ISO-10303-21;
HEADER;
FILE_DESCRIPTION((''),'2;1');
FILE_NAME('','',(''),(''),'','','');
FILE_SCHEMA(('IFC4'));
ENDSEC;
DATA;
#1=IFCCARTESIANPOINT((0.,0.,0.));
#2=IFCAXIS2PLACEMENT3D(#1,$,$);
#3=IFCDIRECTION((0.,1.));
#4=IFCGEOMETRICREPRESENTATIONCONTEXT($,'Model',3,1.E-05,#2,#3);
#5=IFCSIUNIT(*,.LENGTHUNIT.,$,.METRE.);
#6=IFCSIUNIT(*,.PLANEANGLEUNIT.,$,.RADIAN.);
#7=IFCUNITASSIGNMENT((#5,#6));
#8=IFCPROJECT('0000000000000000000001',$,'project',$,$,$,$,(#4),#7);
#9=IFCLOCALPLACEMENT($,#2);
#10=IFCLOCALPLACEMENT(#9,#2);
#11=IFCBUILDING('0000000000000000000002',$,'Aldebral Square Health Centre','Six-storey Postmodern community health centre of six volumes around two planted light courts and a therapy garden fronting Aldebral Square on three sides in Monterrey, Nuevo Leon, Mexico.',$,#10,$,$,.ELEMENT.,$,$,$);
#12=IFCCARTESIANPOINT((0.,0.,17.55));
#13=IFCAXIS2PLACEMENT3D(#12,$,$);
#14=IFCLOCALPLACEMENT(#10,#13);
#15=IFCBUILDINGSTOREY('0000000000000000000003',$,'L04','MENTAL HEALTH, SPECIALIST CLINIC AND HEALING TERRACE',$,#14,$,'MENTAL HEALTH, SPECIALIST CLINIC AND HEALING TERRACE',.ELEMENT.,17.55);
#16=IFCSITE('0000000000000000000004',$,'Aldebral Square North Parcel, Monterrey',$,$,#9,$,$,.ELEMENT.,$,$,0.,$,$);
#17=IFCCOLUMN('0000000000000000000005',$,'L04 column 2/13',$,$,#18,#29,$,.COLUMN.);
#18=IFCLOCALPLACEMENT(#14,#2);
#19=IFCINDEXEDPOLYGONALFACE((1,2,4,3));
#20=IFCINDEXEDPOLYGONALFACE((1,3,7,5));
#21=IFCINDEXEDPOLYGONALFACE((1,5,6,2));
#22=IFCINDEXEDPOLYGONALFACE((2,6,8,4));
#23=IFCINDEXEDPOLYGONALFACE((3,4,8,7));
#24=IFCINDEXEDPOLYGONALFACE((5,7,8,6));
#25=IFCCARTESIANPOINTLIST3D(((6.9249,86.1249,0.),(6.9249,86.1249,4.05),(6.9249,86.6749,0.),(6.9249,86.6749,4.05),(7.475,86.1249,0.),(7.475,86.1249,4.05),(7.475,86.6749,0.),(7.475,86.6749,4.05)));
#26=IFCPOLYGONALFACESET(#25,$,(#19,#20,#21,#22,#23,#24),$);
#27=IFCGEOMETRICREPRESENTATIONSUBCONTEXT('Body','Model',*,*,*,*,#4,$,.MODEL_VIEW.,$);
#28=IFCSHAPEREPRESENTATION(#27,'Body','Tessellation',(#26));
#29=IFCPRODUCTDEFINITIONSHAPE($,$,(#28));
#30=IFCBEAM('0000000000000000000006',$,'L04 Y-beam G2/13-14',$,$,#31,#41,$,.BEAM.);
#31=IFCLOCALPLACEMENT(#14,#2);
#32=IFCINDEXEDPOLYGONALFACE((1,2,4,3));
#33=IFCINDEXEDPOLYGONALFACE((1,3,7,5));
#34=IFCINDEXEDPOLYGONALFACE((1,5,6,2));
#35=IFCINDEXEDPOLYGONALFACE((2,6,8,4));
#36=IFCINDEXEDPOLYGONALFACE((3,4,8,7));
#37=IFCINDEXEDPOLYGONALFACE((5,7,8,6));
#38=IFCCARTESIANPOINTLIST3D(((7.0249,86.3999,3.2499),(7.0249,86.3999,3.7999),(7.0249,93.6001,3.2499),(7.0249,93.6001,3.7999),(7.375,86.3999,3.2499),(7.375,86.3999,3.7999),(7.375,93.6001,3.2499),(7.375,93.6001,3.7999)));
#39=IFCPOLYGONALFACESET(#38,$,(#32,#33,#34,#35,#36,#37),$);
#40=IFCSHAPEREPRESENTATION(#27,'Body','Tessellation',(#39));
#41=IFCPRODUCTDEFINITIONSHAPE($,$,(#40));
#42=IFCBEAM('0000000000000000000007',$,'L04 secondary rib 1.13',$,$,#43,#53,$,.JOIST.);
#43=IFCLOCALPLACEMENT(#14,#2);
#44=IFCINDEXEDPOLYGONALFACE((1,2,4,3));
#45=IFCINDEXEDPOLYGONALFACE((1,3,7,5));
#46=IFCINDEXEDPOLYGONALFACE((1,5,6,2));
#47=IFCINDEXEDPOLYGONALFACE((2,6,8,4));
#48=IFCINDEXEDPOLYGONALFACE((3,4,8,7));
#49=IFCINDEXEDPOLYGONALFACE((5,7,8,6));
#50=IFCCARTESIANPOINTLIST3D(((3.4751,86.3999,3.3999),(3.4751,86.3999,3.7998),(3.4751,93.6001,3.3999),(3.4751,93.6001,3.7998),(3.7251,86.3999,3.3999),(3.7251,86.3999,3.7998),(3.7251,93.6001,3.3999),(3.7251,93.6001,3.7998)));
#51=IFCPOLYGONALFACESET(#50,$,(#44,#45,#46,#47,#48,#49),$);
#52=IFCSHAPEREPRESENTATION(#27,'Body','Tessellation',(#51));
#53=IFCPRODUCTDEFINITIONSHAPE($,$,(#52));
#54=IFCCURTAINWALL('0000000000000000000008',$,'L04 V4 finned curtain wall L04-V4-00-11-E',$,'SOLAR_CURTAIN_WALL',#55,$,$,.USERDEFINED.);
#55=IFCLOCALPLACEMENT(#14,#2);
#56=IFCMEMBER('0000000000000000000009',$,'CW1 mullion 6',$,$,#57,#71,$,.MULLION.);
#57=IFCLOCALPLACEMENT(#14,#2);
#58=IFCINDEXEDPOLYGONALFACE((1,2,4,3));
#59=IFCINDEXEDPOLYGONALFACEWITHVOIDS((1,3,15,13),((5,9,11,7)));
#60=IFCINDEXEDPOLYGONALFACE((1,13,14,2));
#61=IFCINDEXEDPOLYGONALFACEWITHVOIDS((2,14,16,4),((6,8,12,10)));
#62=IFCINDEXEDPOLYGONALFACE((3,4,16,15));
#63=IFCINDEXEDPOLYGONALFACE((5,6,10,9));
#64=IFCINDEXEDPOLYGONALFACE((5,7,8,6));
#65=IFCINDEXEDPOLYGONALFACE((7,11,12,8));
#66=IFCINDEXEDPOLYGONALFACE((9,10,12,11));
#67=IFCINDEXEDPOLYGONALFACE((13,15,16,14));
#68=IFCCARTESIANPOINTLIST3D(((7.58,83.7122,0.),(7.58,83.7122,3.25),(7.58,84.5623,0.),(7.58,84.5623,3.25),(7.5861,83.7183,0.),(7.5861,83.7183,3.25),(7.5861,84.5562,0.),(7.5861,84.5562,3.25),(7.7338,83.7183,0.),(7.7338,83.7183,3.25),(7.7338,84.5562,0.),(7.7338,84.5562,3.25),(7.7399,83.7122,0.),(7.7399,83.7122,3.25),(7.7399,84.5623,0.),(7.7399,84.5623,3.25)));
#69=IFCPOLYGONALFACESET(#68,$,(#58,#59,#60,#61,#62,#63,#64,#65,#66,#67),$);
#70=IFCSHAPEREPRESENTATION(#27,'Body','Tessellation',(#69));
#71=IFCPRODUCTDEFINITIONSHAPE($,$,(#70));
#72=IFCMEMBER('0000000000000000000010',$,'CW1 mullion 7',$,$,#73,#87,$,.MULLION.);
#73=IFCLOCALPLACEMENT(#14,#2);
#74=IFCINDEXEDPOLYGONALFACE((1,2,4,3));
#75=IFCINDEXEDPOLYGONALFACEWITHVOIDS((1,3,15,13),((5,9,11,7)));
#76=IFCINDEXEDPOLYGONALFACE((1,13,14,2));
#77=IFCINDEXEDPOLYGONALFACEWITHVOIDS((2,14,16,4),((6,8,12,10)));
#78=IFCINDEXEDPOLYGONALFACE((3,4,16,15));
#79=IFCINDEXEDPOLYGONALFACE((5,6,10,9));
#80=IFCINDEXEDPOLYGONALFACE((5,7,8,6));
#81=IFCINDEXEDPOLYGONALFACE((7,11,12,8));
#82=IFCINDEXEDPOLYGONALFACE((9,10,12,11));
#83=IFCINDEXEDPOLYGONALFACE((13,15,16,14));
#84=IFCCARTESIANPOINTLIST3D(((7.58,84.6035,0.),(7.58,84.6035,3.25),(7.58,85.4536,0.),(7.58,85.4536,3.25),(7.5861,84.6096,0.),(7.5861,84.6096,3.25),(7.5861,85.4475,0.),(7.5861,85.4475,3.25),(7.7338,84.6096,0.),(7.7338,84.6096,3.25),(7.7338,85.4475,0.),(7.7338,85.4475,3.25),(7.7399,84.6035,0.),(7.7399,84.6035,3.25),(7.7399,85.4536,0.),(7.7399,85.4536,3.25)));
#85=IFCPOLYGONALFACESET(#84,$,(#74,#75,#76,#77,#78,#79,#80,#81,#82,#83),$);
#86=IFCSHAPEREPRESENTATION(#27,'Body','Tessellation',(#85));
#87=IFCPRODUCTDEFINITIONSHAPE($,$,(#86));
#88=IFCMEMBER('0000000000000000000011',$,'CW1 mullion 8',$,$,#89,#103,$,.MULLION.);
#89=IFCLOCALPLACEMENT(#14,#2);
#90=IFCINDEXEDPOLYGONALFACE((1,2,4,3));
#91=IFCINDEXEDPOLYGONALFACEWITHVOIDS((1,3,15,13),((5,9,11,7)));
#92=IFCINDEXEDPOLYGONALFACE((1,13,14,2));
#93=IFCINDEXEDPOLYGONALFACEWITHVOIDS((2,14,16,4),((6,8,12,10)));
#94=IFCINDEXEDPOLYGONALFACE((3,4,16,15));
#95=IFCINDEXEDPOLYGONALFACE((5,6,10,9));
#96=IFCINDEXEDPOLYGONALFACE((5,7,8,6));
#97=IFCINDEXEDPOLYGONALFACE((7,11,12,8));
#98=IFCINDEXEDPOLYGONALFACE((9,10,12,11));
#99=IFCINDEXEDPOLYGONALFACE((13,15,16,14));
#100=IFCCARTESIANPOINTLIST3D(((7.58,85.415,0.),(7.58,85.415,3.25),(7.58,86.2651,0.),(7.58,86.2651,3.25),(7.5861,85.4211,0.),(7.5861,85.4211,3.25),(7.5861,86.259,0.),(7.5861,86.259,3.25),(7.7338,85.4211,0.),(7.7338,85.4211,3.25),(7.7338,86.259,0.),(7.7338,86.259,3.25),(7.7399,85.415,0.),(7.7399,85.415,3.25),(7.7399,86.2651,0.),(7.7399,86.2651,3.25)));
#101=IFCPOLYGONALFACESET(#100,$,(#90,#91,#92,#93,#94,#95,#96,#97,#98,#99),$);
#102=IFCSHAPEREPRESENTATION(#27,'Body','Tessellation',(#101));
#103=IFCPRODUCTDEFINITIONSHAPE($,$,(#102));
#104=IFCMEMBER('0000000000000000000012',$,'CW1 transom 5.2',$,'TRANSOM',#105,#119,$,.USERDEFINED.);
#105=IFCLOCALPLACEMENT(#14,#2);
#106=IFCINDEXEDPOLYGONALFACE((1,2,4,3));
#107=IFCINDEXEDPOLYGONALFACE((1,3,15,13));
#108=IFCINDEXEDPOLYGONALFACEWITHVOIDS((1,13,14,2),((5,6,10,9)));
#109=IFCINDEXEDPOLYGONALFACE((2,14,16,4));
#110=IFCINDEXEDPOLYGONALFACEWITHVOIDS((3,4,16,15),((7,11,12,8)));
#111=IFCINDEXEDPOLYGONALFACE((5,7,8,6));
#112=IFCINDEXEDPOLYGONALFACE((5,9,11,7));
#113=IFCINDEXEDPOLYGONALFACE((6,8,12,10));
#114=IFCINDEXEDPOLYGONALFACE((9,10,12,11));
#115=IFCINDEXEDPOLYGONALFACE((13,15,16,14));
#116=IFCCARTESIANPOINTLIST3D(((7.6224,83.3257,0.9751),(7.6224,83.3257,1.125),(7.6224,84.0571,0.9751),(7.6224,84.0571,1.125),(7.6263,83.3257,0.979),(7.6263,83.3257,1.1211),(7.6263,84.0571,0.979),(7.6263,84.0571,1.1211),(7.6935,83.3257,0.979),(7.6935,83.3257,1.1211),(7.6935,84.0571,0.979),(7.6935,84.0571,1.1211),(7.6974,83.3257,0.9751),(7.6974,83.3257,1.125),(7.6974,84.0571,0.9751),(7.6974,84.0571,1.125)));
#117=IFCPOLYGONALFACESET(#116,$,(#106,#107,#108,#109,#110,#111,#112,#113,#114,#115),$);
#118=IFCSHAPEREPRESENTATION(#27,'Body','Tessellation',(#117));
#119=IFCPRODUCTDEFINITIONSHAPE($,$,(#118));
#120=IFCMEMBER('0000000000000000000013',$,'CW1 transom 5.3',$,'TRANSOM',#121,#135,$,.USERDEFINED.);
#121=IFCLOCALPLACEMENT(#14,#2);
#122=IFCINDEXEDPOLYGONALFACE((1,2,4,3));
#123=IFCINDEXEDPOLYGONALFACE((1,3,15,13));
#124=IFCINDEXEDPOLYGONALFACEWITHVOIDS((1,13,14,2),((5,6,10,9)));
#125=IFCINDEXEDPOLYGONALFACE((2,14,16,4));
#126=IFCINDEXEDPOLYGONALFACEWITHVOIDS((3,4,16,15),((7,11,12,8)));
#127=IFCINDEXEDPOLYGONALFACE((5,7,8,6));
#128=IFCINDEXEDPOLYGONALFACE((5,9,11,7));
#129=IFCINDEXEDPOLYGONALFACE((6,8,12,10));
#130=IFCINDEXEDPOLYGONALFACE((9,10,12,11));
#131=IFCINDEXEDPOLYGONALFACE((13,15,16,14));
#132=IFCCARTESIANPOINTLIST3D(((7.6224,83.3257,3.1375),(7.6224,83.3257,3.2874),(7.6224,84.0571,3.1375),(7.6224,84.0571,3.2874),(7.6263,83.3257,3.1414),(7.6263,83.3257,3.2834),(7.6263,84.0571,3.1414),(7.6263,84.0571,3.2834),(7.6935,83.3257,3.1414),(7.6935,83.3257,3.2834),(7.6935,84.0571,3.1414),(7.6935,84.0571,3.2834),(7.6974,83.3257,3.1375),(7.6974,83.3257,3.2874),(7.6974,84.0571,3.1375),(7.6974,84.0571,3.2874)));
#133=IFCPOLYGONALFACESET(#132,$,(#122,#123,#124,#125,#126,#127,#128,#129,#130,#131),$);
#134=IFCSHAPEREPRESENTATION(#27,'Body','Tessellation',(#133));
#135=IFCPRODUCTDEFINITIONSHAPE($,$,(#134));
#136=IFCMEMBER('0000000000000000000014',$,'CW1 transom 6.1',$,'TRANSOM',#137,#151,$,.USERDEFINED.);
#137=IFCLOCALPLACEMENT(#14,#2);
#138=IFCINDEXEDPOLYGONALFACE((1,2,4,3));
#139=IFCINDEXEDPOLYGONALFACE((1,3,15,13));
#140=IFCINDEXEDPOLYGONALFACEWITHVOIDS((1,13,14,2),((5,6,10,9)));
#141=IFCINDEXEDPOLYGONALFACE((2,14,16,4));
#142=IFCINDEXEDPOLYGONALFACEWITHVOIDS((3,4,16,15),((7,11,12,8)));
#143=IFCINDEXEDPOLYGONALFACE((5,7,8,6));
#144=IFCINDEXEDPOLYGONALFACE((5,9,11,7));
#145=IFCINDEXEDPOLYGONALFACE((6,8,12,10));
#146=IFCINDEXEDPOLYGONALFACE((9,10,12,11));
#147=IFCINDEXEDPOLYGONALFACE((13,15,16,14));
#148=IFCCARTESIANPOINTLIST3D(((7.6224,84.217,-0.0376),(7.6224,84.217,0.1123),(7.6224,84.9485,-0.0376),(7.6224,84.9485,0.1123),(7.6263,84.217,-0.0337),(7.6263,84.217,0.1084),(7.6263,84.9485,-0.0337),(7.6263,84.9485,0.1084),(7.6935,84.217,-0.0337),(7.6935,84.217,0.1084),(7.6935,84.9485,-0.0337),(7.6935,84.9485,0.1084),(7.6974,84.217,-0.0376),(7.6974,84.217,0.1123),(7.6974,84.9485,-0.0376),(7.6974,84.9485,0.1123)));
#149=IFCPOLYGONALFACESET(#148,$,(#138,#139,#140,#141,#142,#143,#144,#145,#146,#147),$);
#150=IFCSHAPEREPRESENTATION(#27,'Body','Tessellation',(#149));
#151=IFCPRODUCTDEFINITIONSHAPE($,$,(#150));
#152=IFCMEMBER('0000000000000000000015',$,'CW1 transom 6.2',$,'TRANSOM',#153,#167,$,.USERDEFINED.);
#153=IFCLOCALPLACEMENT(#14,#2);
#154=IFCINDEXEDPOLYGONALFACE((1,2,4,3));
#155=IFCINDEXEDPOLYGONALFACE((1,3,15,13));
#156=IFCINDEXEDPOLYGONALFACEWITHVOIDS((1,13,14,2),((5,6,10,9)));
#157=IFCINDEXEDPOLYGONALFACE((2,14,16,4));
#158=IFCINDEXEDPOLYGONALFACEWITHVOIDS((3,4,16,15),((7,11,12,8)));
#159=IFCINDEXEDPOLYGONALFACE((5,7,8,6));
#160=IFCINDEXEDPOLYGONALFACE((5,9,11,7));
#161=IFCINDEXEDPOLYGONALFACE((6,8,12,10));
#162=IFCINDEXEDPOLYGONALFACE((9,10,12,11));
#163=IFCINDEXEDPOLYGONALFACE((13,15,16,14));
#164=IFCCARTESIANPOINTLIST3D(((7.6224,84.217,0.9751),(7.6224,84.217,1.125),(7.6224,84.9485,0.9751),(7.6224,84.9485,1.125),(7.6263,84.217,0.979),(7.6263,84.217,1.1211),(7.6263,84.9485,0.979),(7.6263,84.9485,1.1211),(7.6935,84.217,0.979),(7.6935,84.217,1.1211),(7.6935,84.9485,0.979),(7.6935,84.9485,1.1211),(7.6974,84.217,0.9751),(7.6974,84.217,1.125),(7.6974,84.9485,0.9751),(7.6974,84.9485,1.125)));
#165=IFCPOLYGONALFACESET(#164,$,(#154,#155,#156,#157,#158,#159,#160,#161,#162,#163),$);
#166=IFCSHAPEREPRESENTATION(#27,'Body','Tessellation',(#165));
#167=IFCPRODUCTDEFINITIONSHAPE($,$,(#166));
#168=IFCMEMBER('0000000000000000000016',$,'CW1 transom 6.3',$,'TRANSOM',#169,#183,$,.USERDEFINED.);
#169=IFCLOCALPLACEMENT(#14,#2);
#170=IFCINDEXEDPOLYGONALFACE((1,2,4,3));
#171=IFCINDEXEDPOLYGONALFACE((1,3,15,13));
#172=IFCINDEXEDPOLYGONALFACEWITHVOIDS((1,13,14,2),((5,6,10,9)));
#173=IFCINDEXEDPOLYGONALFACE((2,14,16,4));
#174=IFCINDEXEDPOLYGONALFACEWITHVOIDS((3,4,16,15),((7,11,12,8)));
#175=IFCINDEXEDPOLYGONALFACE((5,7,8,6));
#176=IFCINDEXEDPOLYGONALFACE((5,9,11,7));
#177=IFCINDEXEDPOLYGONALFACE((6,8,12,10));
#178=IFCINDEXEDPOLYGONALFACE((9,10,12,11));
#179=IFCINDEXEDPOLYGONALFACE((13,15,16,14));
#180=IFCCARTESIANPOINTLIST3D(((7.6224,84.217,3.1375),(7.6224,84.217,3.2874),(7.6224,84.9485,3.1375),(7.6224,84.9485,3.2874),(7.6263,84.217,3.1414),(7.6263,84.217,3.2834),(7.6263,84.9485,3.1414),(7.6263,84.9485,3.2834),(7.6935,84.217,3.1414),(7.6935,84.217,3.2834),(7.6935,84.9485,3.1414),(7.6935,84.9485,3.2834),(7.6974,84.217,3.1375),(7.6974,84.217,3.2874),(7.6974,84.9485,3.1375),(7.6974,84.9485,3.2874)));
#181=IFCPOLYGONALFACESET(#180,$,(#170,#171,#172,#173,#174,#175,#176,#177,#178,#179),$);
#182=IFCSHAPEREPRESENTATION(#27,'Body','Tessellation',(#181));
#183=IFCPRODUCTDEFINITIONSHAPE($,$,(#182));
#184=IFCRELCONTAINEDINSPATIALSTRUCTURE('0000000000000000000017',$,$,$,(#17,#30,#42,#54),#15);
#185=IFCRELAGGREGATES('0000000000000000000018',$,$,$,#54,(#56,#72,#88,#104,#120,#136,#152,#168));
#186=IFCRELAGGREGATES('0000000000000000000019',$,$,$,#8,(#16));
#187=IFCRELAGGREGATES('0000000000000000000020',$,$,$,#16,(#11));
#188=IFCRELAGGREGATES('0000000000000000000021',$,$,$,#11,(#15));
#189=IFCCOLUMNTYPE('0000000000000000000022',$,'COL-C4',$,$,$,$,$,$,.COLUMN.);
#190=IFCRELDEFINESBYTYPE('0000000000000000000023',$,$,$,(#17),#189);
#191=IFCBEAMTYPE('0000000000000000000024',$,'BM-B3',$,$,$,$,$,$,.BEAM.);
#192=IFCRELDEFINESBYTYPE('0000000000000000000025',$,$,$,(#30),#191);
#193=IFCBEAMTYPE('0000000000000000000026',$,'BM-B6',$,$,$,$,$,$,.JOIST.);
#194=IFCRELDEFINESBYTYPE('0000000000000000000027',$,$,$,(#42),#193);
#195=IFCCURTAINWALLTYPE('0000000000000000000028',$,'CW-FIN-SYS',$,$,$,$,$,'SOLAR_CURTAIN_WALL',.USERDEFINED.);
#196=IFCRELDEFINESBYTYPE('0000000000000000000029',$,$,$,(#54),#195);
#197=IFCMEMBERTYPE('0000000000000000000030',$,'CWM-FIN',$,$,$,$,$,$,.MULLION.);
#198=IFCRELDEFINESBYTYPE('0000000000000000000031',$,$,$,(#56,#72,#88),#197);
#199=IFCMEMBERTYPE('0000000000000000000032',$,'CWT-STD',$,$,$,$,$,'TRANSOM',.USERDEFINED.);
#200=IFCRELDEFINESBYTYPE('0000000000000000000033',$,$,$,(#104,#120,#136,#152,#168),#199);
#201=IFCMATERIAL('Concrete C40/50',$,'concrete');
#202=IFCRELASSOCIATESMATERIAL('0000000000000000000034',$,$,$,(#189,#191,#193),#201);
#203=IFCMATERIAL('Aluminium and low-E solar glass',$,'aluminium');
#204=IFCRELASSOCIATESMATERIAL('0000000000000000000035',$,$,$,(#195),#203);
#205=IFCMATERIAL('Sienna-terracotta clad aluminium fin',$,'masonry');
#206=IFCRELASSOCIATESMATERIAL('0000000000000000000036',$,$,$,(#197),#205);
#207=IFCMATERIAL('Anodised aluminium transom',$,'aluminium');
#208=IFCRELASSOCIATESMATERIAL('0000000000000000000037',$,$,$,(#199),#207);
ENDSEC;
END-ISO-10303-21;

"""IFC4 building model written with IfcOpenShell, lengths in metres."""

from ifc_helpers import new_model, si_unit, direction, frame, origin, origin_2d, place, context, subcontext, project, spatial, rectangle, hollow_rectangle, extrude, material, material_profile, profile_set, type_object, element, aggregate, save


model = new_model("IFC4")

# Units and contexts
model_context = context("Model", 3, precision=1e-05, world=origin(), true_north=direction((0.0, 1.0)))
body_context = subcontext(model_context, "Body", "Model", "MODEL_VIEW")
ifc_project = project(units=[si_unit("LENGTHUNIT", "METRE"), si_unit("PLANEANGLEUNIT", "RADIAN")], contexts=[model_context])

# Site, building, storey
site_placement = place(None, origin())
site = spatial("IfcSite", under=ifc_project, at=site_placement, Name="Aldebral Square North Parcel, Monterrey", CompositionType="ELEMENT", RefElevation=0.0)
building_placement = place(site_placement, origin())
building = spatial("IfcBuilding", under=site, at=building_placement, Name="Aldebral Square Health Centre", Description="Six-storey Postmodern community health centre of six volumes around two planted light courts and a therapy garden fronting Aldebral Square on three sides in Monterrey, Nuevo Leon, Mexico.", CompositionType="ELEMENT")
storey_placement = place(building_placement, frame((0.0, 0.0, 17.55)))
storey = spatial("IfcBuildingStorey", under=building, at=storey_placement, Name="L04", Description="MENTAL HEALTH, SPECIALIST CLINIC AND HEALING TERRACE", LongName="MENTAL HEALTH, SPECIALIST CLINIC AND HEALING TERRACE", CompositionType="ELEMENT", Elevation=17.55)

# Column
ifc_material_1 = material(Name="Concrete C40/50", Category="concrete")
ifc_material_profile_1 = material_profile(ifc_material_1, rectangle(XDim=0.55, YDim=0.55, at=origin_2d()), Name="RC 550x550")
ifc_profile_set_1 = profile_set([ifc_material_profile_1], Name="Concrete C40/50")
column_type = type_object("IfcColumnType", Name="COL-C4", PredefinedType="COLUMN", material=ifc_profile_set_1)
column_placement = place(storey_placement, frame((7.2, 86.3999, 0.0), z_axis=(0.0, 0.0, 1.0), x_axis=(1.0, 0.0, 0.0)))
element("IfcColumn", 1, at=column_placement, inside=storey, type_object=column_type, Name="L04 column 2/13", PredefinedType="COLUMN", context=body_context, shape_type="SweptSolid", body=[
    extrude(rectangle(XDim=0.55, YDim=0.55, at=origin_2d()), origin(), (0.0, 0.0, 1.0), 4.05),
])

# Beams
ifc_material_profile_2 = material_profile(ifc_material_1, rectangle(XDim=0.3501, YDim=0.55, at=origin_2d()), Name="RC 350x550")
ifc_profile_set_2 = profile_set([ifc_material_profile_2], Name="Concrete C40/50")
beam_type_1 = type_object("IfcBeamType", Name="BM-B3", PredefinedType="BEAM", material=ifc_profile_set_2)
beam_1_placement = place(storey_placement, frame((7.2, 86.3999, 3.5249), z_axis=(0.0, 1.0, 0.0), x_axis=(-1.0, 0.0, 0.0)))
element("IfcBeam", 2, at=beam_1_placement, inside=storey, type_object=beam_type_1, Name="L04 Y-beam G2/13-14", PredefinedType="BEAM", context=body_context, shape_type="SweptSolid", body=[
    extrude(rectangle(XDim=0.3501, YDim=0.55, at=origin_2d()), origin(), (0.0, 0.0, 1.0), 7.2002),
])
ifc_material_profile_3 = material_profile(ifc_material_1, rectangle(XDim=0.25, YDim=0.3999, at=origin_2d()), Name="RC 250x400")
ifc_profile_set_3 = profile_set([ifc_material_profile_3], Name="Concrete C40/50")
beam_type_2 = type_object("IfcBeamType", Name="BM-B6", PredefinedType="JOIST", material=ifc_profile_set_3)
beam_2_placement = place(storey_placement, frame((3.6001, 86.3999, 3.5999), z_axis=(0.0, 1.0, 0.0), x_axis=(-1.0, 0.0, 0.0)))
element("IfcBeam", 3, at=beam_2_placement, inside=storey, type_object=beam_type_2, Name="L04 secondary rib 1.13", PredefinedType="JOIST", context=body_context, shape_type="SweptSolid", body=[
    extrude(rectangle(XDim=0.25, YDim=0.3999, at=origin_2d()), origin(), (0.0, 0.0, 1.0), 7.2002),
])

# Curtain wall, members
ifc_material_2 = material(Name="Aluminium and low-E solar glass", Category="aluminium")
curtain_wall_type = type_object("IfcCurtainWallType", Name="CW-FIN-SYS", ElementType="SOLAR_CURTAIN_WALL", PredefinedType="USERDEFINED", material=ifc_material_2)
curtain_wall_placement = place(storey_placement, origin())
curtain_wall = element("IfcCurtainWall", 4, at=curtain_wall_placement, inside=storey, type_object=curtain_wall_type, Name="L04 V4 finned curtain wall L04-V4-00-11-E", ObjectType="SOLAR_CURTAIN_WALL", PredefinedType="USERDEFINED")
ifc_material_3 = material(Name="Sienna-terracotta clad aluminium fin", Category="masonry")
ifc_material_profile_4 = material_profile(ifc_material_3, hollow_rectangle(XDim=0.1599, YDim=0.8501, WallThickness=0.0061, at=origin_2d()), Name="FIN 160x850x6")
ifc_profile_set_4 = profile_set([ifc_material_profile_4], Name="Sienna-terracotta clad aluminium fin")
member_type_1 = type_object("IfcMemberType", Name="CWM-FIN", PredefinedType="MULLION", material=ifc_profile_set_4)
member_1_placement = place(storey_placement, frame((7.6599, 84.1372, 0.0), z_axis=(0.0, 0.0, 1.0), x_axis=(-1.0, 0.0, 0.0)))
member_1 = element("IfcMember", 5, at=member_1_placement, type_object=member_type_1, Name="CW1 mullion 6", PredefinedType="MULLION", context=body_context, shape_type="SweptSolid", body=[
    extrude(hollow_rectangle(XDim=0.1599, YDim=0.8501, WallThickness=0.0061, at=origin_2d()), origin(), (0.0, 0.0, 1.0), 3.25),
])
member_2_placement = place(storey_placement, frame((7.6599, 85.0286, 0.0), z_axis=(0.0, 0.0, 1.0), x_axis=(-1.0, 0.0, 0.0)))
member_2 = element("IfcMember", 6, at=member_2_placement, type_object=member_type_1, Name="CW1 mullion 7", PredefinedType="MULLION", context=body_context, shape_type="SweptSolid", body=[
    extrude(hollow_rectangle(XDim=0.1599, YDim=0.8501, WallThickness=0.0061, at=origin_2d()), origin(), (0.0, 0.0, 1.0), 3.25),
])
member_3_placement = place(storey_placement, frame((7.6599, 85.8401, 0.0), z_axis=(0.0, 0.0, 1.0), x_axis=(-1.0, 0.0, 0.0)))
member_3 = element("IfcMember", 7, at=member_3_placement, type_object=member_type_1, Name="CW1 mullion 8", PredefinedType="MULLION", context=body_context, shape_type="SweptSolid", body=[
    extrude(hollow_rectangle(XDim=0.1599, YDim=0.8501, WallThickness=0.0061, at=origin_2d()), origin(), (0.0, 0.0, 1.0), 3.25),
])
ifc_material_4 = material(Name="Anodised aluminium transom", Category="aluminium")
ifc_material_profile_5 = material_profile(ifc_material_4, hollow_rectangle(XDim=0.075, YDim=0.1499, WallThickness=0.0039, at=origin_2d()), Name="CWT 75x150x4")
ifc_profile_set_5 = profile_set([ifc_material_profile_5], Name="Anodised aluminium transom")
member_type_2 = type_object("IfcMemberType", Name="CWT-STD", ElementType="TRANSOM", PredefinedType="USERDEFINED", material=ifc_profile_set_5)
member_4_placement = place(storey_placement, frame((7.6599, 83.3257, 1.05), z_axis=(0.0, 1.0, 0.0), x_axis=(-1.0, 0.0, 0.0)))
member_4 = element("IfcMember", 8, at=member_4_placement, type_object=member_type_2, Name="CW1 transom 5.2", ObjectType="TRANSOM", PredefinedType="USERDEFINED", context=body_context, shape_type="SweptSolid", body=[
    extrude(hollow_rectangle(XDim=0.075, YDim=0.1499, WallThickness=0.0039, at=origin_2d()), origin(), (0.0, 0.0, 1.0), 0.7314),
])
member_5_placement = place(storey_placement, frame((7.6599, 83.3257, 3.2124), z_axis=(0.0, 1.0, 0.0), x_axis=(-1.0, 0.0, 0.0)))
member_5 = element("IfcMember", 9, at=member_5_placement, type_object=member_type_2, Name="CW1 transom 5.3", ObjectType="TRANSOM", PredefinedType="USERDEFINED", context=body_context, shape_type="SweptSolid", body=[
    extrude(hollow_rectangle(XDim=0.075, YDim=0.1499, WallThickness=0.0039, at=origin_2d()), origin(), (0.0, 0.0, 1.0), 0.7314),
])
member_6_placement = place(storey_placement, frame((7.6599, 84.217, 0.0374), z_axis=(0.0, 1.0, 0.0), x_axis=(-1.0, 0.0, 0.0)))
member_6 = element("IfcMember", 10, at=member_6_placement, type_object=member_type_2, Name="CW1 transom 6.1", ObjectType="TRANSOM", PredefinedType="USERDEFINED", context=body_context, shape_type="SweptSolid", body=[
    extrude(hollow_rectangle(XDim=0.075, YDim=0.1499, WallThickness=0.0039, at=origin_2d()), origin(), (0.0, 0.0, 1.0), 0.7314),
])
member_7_placement = place(storey_placement, frame((7.6599, 84.217, 1.05), z_axis=(0.0, 1.0, 0.0), x_axis=(-1.0, 0.0, 0.0)))
member_7 = element("IfcMember", 11, at=member_7_placement, type_object=member_type_2, Name="CW1 transom 6.2", ObjectType="TRANSOM", PredefinedType="USERDEFINED", context=body_context, shape_type="SweptSolid", body=[
    extrude(hollow_rectangle(XDim=0.075, YDim=0.1499, WallThickness=0.0039, at=origin_2d()), origin(), (0.0, 0.0, 1.0), 0.7314),
])
member_8_placement = place(storey_placement, frame((7.6599, 84.217, 3.2124), z_axis=(0.0, 1.0, 0.0), x_axis=(-1.0, 0.0, 0.0)))
member_8 = element("IfcMember", 12, at=member_8_placement, type_object=member_type_2, Name="CW1 transom 6.3", ObjectType="TRANSOM", PredefinedType="USERDEFINED", context=body_context, shape_type="SweptSolid", body=[
    extrude(hollow_rectangle(XDim=0.075, YDim=0.1499, WallThickness=0.0039, at=origin_2d()), origin(), (0.0, 0.0, 1.0), 0.7314),
])
aggregate(curtain_wall, [member_1, member_2, member_3, member_4, member_5, member_6, member_7, member_8])

save(model, "model.ifc")
